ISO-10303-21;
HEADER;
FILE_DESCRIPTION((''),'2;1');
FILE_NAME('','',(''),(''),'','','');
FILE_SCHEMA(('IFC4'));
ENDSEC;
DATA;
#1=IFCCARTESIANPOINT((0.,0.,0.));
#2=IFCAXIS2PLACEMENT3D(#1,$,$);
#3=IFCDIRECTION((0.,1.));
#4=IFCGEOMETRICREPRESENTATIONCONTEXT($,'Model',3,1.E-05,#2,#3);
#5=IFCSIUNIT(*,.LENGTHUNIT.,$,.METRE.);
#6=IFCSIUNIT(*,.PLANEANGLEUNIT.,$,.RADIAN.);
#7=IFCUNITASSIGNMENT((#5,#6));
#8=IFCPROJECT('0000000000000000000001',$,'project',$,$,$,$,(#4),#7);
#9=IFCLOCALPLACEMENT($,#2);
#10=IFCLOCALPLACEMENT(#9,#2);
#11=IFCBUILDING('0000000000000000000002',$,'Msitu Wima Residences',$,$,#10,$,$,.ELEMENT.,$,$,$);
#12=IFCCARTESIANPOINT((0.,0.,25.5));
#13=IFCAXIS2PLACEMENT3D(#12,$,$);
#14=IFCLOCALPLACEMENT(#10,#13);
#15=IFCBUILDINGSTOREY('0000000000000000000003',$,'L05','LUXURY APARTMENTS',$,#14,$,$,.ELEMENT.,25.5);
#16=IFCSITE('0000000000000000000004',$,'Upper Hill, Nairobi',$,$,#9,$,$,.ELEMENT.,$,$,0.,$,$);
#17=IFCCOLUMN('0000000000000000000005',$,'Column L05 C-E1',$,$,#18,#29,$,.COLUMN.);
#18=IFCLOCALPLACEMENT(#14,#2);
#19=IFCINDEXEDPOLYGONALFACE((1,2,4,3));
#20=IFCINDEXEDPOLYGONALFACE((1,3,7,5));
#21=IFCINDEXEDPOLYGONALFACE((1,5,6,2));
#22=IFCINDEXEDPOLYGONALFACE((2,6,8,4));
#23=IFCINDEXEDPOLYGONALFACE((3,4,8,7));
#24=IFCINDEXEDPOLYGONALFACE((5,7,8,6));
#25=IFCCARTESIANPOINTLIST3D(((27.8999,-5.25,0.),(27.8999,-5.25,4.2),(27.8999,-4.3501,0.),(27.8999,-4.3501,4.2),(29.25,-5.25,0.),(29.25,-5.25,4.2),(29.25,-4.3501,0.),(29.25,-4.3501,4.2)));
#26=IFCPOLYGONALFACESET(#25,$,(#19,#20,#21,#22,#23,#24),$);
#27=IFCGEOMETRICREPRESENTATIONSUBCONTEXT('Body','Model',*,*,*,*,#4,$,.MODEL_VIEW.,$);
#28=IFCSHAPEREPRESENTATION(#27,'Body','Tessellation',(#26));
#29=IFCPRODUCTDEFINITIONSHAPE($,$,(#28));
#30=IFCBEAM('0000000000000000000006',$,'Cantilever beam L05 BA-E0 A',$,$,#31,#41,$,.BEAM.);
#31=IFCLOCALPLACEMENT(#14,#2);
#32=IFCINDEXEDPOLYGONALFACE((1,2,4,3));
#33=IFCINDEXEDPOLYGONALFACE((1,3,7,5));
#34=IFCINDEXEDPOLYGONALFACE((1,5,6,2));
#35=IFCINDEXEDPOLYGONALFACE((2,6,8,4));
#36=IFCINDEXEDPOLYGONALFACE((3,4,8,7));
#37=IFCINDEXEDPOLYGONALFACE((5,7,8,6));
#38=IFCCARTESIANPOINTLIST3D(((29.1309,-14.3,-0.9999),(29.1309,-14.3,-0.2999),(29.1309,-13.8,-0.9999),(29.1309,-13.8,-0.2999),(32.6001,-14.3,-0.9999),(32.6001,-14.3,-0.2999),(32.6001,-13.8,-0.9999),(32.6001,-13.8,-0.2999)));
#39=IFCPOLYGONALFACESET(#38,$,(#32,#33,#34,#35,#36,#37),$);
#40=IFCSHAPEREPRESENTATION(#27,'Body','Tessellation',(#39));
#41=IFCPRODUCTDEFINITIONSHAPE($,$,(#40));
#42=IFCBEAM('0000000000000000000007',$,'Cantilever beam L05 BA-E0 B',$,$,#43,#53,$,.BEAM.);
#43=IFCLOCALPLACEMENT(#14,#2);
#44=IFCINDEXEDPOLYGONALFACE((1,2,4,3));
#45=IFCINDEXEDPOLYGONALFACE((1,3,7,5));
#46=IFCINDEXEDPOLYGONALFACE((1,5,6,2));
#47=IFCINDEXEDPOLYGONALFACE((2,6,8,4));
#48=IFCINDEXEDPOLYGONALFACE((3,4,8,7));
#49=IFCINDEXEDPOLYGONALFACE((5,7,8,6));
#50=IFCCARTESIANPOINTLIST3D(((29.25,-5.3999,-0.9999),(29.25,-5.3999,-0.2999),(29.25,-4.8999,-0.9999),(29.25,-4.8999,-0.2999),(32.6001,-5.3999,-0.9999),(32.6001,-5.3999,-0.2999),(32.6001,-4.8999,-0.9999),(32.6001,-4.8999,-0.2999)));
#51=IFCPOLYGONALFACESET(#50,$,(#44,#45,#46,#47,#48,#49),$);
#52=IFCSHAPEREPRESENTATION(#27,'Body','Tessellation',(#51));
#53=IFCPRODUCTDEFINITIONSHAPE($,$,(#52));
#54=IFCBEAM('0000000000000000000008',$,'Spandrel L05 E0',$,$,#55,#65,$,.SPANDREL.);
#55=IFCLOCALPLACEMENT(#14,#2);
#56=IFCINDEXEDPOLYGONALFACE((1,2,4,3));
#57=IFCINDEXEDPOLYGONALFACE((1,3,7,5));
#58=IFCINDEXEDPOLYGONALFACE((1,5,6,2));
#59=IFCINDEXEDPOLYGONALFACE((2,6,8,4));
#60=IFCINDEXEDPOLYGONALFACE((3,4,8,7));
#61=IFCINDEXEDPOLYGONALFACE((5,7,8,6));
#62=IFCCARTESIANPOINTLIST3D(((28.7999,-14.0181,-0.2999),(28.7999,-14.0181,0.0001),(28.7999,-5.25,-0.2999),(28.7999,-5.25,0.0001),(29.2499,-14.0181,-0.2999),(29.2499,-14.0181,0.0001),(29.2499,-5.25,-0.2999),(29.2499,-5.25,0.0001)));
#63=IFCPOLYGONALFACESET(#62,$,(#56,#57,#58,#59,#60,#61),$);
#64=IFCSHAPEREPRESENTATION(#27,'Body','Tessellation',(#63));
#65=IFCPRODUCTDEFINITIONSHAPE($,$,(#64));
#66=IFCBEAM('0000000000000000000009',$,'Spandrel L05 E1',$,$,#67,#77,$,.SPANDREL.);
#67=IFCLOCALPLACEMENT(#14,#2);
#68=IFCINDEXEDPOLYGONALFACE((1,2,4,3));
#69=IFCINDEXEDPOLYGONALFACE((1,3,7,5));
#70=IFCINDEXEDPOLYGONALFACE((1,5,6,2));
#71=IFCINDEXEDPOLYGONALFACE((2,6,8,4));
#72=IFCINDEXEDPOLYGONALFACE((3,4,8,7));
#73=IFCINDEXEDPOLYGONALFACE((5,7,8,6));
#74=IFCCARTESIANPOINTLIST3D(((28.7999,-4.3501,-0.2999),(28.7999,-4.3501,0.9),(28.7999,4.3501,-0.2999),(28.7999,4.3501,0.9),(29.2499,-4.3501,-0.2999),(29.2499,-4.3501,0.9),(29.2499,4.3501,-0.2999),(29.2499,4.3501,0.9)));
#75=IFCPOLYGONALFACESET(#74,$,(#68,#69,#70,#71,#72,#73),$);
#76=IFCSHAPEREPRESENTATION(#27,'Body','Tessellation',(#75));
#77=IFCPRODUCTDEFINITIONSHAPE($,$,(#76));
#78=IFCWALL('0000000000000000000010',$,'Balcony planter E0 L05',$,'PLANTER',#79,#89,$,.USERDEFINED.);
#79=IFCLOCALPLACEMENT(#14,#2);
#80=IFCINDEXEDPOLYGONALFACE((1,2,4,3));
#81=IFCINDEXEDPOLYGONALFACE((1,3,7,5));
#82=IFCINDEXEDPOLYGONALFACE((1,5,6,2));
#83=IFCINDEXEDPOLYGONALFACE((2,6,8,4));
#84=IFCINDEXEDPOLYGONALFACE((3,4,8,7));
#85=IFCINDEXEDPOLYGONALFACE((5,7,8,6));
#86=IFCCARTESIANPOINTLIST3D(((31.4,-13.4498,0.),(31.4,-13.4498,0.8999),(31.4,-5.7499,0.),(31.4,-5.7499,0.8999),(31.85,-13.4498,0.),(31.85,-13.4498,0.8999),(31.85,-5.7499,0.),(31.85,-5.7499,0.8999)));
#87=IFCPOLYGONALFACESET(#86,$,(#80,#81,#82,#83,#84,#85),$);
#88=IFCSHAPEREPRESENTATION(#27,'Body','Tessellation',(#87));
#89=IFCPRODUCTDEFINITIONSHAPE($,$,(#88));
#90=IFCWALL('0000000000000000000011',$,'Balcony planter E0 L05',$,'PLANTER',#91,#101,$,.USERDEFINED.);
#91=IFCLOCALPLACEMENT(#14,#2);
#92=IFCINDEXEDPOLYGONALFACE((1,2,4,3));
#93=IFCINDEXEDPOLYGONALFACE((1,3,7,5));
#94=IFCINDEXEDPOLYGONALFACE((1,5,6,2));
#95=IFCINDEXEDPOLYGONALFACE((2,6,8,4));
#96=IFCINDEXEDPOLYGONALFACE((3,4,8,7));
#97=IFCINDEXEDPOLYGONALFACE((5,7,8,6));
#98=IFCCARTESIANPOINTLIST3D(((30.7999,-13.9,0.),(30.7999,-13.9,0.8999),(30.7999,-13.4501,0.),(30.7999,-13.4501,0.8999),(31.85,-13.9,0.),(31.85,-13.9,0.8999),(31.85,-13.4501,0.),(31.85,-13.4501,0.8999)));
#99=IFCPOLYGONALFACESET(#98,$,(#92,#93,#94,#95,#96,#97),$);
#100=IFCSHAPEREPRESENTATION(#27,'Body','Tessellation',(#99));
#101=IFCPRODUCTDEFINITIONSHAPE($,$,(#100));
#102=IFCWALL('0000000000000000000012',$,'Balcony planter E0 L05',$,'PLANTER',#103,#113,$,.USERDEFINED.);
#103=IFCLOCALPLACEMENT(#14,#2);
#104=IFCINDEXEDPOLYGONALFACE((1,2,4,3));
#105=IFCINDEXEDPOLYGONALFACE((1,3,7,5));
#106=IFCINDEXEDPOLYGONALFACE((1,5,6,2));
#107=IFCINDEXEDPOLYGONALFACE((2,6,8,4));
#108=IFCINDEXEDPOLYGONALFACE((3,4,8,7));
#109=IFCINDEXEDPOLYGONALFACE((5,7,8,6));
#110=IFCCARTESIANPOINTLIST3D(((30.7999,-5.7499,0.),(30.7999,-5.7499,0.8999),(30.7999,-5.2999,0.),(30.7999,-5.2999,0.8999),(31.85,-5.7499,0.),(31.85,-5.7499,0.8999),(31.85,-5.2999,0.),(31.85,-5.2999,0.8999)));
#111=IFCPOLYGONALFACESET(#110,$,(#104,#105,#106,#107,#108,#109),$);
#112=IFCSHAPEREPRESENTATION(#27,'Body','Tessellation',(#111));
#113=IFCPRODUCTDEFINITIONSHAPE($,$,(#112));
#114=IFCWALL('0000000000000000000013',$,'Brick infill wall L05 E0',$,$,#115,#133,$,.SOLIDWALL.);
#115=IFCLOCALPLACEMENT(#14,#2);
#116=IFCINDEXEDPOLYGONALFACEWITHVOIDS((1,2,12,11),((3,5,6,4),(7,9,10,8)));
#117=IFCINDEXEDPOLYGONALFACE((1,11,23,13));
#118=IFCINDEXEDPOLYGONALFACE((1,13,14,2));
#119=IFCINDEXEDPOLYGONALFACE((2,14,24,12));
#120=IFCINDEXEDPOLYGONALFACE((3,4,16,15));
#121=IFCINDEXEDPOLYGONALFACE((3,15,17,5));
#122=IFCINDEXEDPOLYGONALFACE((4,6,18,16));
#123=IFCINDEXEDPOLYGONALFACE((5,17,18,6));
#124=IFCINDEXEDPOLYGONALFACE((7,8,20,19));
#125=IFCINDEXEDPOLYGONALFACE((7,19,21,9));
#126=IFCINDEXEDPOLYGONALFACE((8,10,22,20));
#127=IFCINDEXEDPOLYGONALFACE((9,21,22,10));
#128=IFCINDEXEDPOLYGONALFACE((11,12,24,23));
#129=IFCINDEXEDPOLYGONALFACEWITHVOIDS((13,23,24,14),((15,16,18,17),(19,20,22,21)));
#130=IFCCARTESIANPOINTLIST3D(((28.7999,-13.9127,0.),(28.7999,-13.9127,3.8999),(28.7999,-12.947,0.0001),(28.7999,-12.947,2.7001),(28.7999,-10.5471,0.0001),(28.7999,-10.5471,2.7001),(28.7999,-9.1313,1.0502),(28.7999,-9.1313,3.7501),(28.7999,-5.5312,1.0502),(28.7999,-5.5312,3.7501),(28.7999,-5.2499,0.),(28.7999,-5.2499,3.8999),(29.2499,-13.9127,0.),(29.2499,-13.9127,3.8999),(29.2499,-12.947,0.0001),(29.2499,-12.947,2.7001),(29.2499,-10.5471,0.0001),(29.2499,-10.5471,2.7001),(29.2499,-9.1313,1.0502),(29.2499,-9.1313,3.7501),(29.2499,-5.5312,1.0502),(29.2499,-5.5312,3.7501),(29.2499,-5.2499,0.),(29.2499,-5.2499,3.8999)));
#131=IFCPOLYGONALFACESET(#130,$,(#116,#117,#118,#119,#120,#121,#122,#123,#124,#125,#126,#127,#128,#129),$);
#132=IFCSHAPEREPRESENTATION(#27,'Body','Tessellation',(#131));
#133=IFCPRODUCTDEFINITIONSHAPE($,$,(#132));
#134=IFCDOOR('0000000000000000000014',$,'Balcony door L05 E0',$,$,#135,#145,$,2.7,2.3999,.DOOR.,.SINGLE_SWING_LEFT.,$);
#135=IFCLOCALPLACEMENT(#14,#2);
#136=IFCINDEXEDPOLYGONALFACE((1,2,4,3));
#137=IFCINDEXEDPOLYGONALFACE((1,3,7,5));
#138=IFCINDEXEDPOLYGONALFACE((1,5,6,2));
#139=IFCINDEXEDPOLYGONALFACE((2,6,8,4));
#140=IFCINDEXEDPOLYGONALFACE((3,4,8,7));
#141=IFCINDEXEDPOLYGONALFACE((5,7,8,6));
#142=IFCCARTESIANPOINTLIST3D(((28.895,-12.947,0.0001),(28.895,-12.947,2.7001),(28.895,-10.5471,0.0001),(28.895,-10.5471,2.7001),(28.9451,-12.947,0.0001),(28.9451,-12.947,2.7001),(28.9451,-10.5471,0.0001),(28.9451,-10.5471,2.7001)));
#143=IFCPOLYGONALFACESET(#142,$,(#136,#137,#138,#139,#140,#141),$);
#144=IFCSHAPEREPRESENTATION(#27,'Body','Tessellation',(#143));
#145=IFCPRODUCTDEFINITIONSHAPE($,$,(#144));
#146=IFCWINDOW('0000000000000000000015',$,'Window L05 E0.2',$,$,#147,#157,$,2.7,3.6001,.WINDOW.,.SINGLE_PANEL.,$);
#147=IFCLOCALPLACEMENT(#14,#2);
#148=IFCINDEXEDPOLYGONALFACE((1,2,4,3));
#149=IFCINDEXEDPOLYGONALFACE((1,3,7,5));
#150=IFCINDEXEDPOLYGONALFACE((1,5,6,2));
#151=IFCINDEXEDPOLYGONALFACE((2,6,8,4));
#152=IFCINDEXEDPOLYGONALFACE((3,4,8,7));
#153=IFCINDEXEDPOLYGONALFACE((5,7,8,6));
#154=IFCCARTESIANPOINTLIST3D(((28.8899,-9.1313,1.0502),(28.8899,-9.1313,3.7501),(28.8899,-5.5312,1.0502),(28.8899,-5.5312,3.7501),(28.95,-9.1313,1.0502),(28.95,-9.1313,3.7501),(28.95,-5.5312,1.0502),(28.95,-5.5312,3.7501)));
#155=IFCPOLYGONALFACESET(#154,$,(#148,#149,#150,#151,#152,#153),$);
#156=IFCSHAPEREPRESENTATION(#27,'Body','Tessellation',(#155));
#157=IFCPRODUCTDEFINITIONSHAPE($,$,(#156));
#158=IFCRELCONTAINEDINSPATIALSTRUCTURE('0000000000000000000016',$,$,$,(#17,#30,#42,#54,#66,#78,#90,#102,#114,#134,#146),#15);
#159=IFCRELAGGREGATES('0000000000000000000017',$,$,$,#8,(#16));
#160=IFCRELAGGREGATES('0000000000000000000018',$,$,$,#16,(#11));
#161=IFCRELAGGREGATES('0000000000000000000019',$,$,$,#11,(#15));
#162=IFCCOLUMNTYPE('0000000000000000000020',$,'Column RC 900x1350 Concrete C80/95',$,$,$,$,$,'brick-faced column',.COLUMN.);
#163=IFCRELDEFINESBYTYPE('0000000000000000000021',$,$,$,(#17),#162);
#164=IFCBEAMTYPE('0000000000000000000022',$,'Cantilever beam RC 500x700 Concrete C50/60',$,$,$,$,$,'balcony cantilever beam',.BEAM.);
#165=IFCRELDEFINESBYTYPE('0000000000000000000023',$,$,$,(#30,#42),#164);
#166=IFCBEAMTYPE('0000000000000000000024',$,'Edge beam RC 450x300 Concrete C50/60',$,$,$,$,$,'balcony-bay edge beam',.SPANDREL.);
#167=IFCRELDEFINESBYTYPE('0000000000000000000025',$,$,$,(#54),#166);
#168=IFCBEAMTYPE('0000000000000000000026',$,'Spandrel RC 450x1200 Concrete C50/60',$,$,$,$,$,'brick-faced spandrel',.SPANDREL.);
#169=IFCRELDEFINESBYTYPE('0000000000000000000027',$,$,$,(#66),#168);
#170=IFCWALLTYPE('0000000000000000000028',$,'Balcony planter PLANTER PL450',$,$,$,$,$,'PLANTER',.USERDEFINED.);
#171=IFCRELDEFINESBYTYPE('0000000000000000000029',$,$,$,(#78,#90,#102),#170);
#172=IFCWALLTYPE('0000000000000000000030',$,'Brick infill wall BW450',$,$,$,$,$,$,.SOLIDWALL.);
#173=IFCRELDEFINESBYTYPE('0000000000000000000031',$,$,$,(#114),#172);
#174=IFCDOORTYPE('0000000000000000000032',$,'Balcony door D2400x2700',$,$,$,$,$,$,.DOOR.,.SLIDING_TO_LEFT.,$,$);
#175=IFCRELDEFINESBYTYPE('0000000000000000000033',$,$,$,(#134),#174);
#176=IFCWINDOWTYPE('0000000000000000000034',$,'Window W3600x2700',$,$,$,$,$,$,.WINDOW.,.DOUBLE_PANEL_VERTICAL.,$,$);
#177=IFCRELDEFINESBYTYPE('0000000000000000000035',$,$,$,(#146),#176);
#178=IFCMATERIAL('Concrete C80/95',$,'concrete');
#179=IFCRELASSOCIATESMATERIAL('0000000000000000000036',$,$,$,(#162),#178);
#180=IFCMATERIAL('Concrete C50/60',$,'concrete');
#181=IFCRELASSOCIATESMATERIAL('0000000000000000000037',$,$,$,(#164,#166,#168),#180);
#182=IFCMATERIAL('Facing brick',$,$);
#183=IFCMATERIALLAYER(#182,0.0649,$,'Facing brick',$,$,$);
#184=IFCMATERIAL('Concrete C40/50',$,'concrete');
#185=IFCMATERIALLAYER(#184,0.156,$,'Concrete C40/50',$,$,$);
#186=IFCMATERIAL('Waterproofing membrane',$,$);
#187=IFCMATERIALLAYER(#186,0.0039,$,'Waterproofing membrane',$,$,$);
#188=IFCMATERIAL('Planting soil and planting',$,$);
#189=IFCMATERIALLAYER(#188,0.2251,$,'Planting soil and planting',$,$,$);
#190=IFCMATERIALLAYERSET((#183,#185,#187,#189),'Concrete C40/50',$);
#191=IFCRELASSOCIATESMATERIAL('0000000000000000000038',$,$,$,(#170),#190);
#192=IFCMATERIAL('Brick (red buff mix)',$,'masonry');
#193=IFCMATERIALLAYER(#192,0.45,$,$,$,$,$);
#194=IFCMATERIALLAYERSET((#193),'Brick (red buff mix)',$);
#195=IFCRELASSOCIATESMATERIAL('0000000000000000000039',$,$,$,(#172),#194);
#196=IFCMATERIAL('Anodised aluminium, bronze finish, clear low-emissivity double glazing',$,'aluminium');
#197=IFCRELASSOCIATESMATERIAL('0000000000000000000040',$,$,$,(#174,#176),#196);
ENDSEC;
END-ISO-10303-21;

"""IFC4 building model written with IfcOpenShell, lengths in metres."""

from ifc_helpers import new_model, si_unit, direction, frame, frame_2d, origin, origin_2d, place, context, subcontext, project, spatial, rectangle, extrude, material, layer, layer_set, material_profile, profile_set, type_object, element, fill, save


model = new_model("IFC4")

# Units and contexts
model_context = context("Model", 3, precision=1e-05, world=origin(), true_north=direction((0.0, 1.0)))
body_context = subcontext(model_context, "Body", "Model", "MODEL_VIEW")
ifc_project = project(units=[si_unit("LENGTHUNIT", "METRE"), si_unit("PLANEANGLEUNIT", "RADIAN")], contexts=[model_context])

# Site, building, storey
site_placement = place(None, origin())
site = spatial("IfcSite", under=ifc_project, at=site_placement, Name="Upper Hill, Nairobi", CompositionType="ELEMENT", RefElevation=0.0)
building_placement = place(site_placement, origin())
building = spatial("IfcBuilding", under=site, at=building_placement, Name="Msitu Wima Residences", CompositionType="ELEMENT")
storey_placement = place(building_placement, frame((0.0, 0.0, 25.5)))
storey = spatial("IfcBuildingStorey", under=building, at=storey_placement, Name="L05", Description="LUXURY APARTMENTS", CompositionType="ELEMENT", Elevation=25.5)

# Column
ifc_material_1 = material(Name="Concrete C80/95", Category="concrete")
ifc_material_profile_1 = material_profile(ifc_material_1, rectangle(XDim=0.8999, YDim=1.3501, at=origin_2d()), Name="RC 900x1350")
ifc_profile_set_1 = profile_set([ifc_material_profile_1], Name="Concrete C80/95")
column_type = type_object("IfcColumnType", Name="Column RC 900x1350 Concrete C80/95", ElementType="brick-faced column", PredefinedType="COLUMN", material=ifc_profile_set_1)
column_placement = place(storey_placement, frame((28.575, -4.8, 0.0), z_axis=(0.0, 0.0, 1.0), x_axis=(0.0, 1.0, 0.0)))
element("IfcColumn", 1, at=column_placement, inside=storey, type_object=column_type, Name="Column L05 C-E1", PredefinedType="COLUMN", context=body_context, shape_type="SweptSolid", body=[
    extrude(rectangle(XDim=0.8999, YDim=1.3501, at=origin_2d()), origin(), (0.0, 0.0, 1.0), 4.2),
])

# Beams
ifc_material_2 = material(Name="Concrete C50/60", Category="concrete")
ifc_material_profile_2 = material_profile(ifc_material_2, rectangle(XDim=0.5, YDim=0.7, at=origin_2d()), Name="RC 500x700")
ifc_profile_set_2 = profile_set([ifc_material_profile_2], Name="Concrete C50/60")
beam_type_1 = type_object("IfcBeamType", Name="Cantilever beam RC 500x700 Concrete C50/60", ElementType="balcony cantilever beam", PredefinedType="BEAM", material=ifc_profile_set_2)
beam_1_placement = place(storey_placement, frame((29.1309, -14.05, -0.6499), z_axis=(1.0, 0.0, 0.0), x_axis=(0.0, 1.0, 0.0)))
element("IfcBeam", 2, at=beam_1_placement, inside=storey, type_object=beam_type_1, Name="Cantilever beam L05 BA-E0 A", PredefinedType="BEAM", context=body_context, shape_type="SweptSolid", body=[
    extrude(rectangle(XDim=0.5, YDim=0.7, at=origin_2d()), origin(), (0.0, 0.0, 1.0), 3.4692),
])
beam_2_placement = place(storey_placement, frame((29.25, -5.1499, -0.6499), z_axis=(1.0, 0.0, 0.0), x_axis=(0.0, 1.0, 0.0)))
element("IfcBeam", 3, at=beam_2_placement, inside=storey, type_object=beam_type_1, Name="Cantilever beam L05 BA-E0 B", PredefinedType="BEAM", context=body_context, shape_type="SweptSolid", body=[
    extrude(rectangle(XDim=0.5, YDim=0.7, at=origin_2d()), origin(), (0.0, 0.0, 1.0), 3.3501),
])
ifc_material_profile_3 = material_profile(ifc_material_2, rectangle(XDim=0.45, YDim=0.3, at=origin_2d()), Name="RC 450x300")
ifc_profile_set_3 = profile_set([ifc_material_profile_3], Name="Concrete C50/60")
beam_type_2 = type_object("IfcBeamType", Name="Edge beam RC 450x300 Concrete C50/60", ElementType="balcony-bay edge beam", PredefinedType="SPANDREL", material=ifc_profile_set_3)
beam_3_placement = place(storey_placement, frame((29.0249, -14.0181, -0.1499), z_axis=(0.0, 1.0, 0.0), x_axis=(-1.0, 0.0, 0.0)))
element("IfcBeam", 4, at=beam_3_placement, inside=storey, type_object=beam_type_2, Name="Spandrel L05 E0", PredefinedType="SPANDREL", context=body_context, shape_type="SweptSolid", body=[
    extrude(rectangle(XDim=0.45, YDim=0.3, at=origin_2d()), origin(), (0.0, 0.0, 1.0), 8.7681),
])
ifc_material_profile_4 = material_profile(ifc_material_2, rectangle(XDim=0.45, YDim=1.2, at=origin_2d()), Name="RC 450x1200")
ifc_profile_set_4 = profile_set([ifc_material_profile_4], Name="Concrete C50/60")
beam_type_3 = type_object("IfcBeamType", Name="Spandrel RC 450x1200 Concrete C50/60", ElementType="brick-faced spandrel", PredefinedType="SPANDREL", material=ifc_profile_set_4)
beam_4_placement = place(storey_placement, frame((29.0249, -4.3501, 0.3), z_axis=(0.0, 1.0, 0.0), x_axis=(-1.0, 0.0, 0.0)))
element("IfcBeam", 5, at=beam_4_placement, inside=storey, type_object=beam_type_3, Name="Spandrel L05 E1", PredefinedType="SPANDREL", context=body_context, shape_type="SweptSolid", body=[
    extrude(rectangle(XDim=0.45, YDim=1.2, at=origin_2d()), origin(), (0.0, 0.0, 1.0), 8.7002),
])

# Walls
ifc_material_3 = material(Name="Facing brick")
ifc_layer_1 = layer(ifc_material_3, 0.0649, Name="Facing brick")
ifc_material_4 = material(Name="Concrete C40/50", Category="concrete")
ifc_layer_2 = layer(ifc_material_4, 0.156, Name="Concrete C40/50")
ifc_material_5 = material(Name="Waterproofing membrane")
ifc_layer_3 = layer(ifc_material_5, 0.0039, Name="Waterproofing membrane")
ifc_material_6 = material(Name="Planting soil and planting")
ifc_layer_4 = layer(ifc_material_6, 0.2251, Name="Planting soil and planting")
ifc_layer_set_1 = layer_set([ifc_layer_1, ifc_layer_2, ifc_layer_3, ifc_layer_4], Name="Concrete C40/50")
wall_type_1 = type_object("IfcWallType", Name="Balcony planter PLANTER PL450", ElementType="PLANTER", PredefinedType="USERDEFINED", material=ifc_layer_set_1)
wall_1_placement = place(storey_placement, frame((31.625, -13.45, 0.0), z_axis=(0.0, 0.0, 1.0), x_axis=(0.0, 1.0, 0.0)))
element("IfcWall", 6, at=wall_1_placement, inside=storey, type_object=wall_type_1, Name="Balcony planter E0 L05", ObjectType="PLANTER", PredefinedType="USERDEFINED", context=body_context, shape_type="SweptSolid", body=[
    extrude(rectangle(XDim=7.7, YDim=0.45, at=frame_2d((3.8501, 0.0))), origin(), (0.0, 0.0, 1.0), 0.8999),
])
for number, where, z_axis, x_axis, name in (
    (7, (30.8, -13.675, 0.0), (0.0, 0.0, 1.0), (1.0, 0.0, 0.0), "Balcony planter E0 L05"),
    (8, (30.8, -5.5249, 0.0), (0.0, 0.0, 1.0), (1.0, 0.0, 0.0), "Balcony planter E0 L05"),
):
    element("IfcWall", number, at=place(storey_placement, frame(where, z_axis=z_axis, x_axis=x_axis)), inside=storey, type_object=wall_type_1, Name=name, ObjectType="PLANTER", PredefinedType="USERDEFINED", context=body_context, shape_type="SweptSolid", body=[
        extrude(rectangle(XDim=1.05, YDim=0.45, at=frame_2d((0.5249, 0.0))), origin(), (0.0, 0.0, 1.0), 0.8999),
    ])

# Wall, openings, door, window
ifc_material_7 = material(Name="Brick (red buff mix)", Category="masonry")
ifc_layer_5 = layer(ifc_material_7, 0.45)
ifc_layer_set_2 = layer_set([ifc_layer_5], Name="Brick (red buff mix)")
wall_type_2 = type_object("IfcWallType", Name="Brick infill wall BW450", PredefinedType="SOLIDWALL", material=ifc_layer_set_2)
wall_2_placement = place(storey_placement, frame((29.0249, -13.9128, 0.0), z_axis=(0.0, 0.0, 1.0), x_axis=(0.0, 1.0, 0.0)))
wall_2 = element("IfcWall", 9, at=wall_2_placement, inside=storey, type_object=wall_type_2, Name="Brick infill wall L05 E0", PredefinedType="SOLIDWALL", context=body_context, shape_type="SweptSolid", body=[
    extrude(rectangle(XDim=8.6628, YDim=0.45, at=frame_2d((4.3315, 0.0))), origin(), (0.0, 0.0, 1.0), 3.8999),
])
opening_1_placement = place(wall_2_placement, frame((0.9658, 0.0, 0.0)))
opening_1 = element("IfcOpeningElement", 10, at=opening_1_placement, cuts=wall_2, PredefinedType="OPENING", context=body_context, shape_type="SweptSolid", body=[
    extrude(rectangle(XDim=2.3999, YDim=2.7, at=frame_2d((1.2, 1.3501))), frame((0.0, 0.2349, 0.0), z_axis=(0.0, -1.0, 0.0), x_axis=(1.0, 0.0, 0.0)), (0.0, 0.0, 1.0), 0.47),
])
opening_2_placement = place(wall_2_placement, frame((4.7815, 0.0, 1.05)))
opening_2 = element("IfcOpeningElement", 11, at=opening_2_placement, cuts=wall_2, PredefinedType="OPENING", context=body_context, shape_type="SweptSolid", body=[
    extrude(rectangle(XDim=3.6001, YDim=2.7, at=frame_2d((1.8, 1.3501))), frame((0.0, 0.2349, 0.0), z_axis=(0.0, -1.0, 0.0), x_axis=(1.0, 0.0, 0.0)), (0.0, 0.0, 1.0), 0.47),
])
ifc_material_8 = material(Name="Anodised aluminium, bronze finish, clear low-emissivity double glazing", Category="aluminium")
door_type = type_object("IfcDoorType", Name="Balcony door D2400x2700", OperationType="SLIDING_TO_LEFT", PredefinedType="DOOR", material=ifc_material_8)
door_placement = place(opening_1_placement, origin())
door = element("IfcDoor", 12, at=door_placement, inside=storey, type_object=door_type, Name="Balcony door L05 E0", OperationType="SINGLE_SWING_LEFT", OverallHeight=2.7, OverallWidth=2.3999, PredefinedType="DOOR", context=body_context, shape_type="SweptSolid", body=[
    extrude(rectangle(XDim=2.3999, YDim=2.7, at=frame_2d((1.2, 1.3501))), frame((0.0, 0.1299, 0.0), z_axis=(0.0, -1.0, 0.0), x_axis=(1.0, 0.0, 0.0)), (0.0, 0.0, 1.0), 0.05),
])
fill(opening_1, door)
window_type = type_object("IfcWindowType", Name="Window W3600x2700", PartitioningType="DOUBLE_PANEL_VERTICAL", PredefinedType="WINDOW", material=ifc_material_8)
window_1_placement = place(opening_2_placement, origin())
window_1 = element("IfcWindow", 13, at=window_1_placement, inside=storey, type_object=window_type, Name="Window L05 E0.2", OverallHeight=2.7, OverallWidth=3.6001, PartitioningType="SINGLE_PANEL", PredefinedType="WINDOW", context=body_context, shape_type="SweptSolid", body=[
    extrude(rectangle(XDim=3.6001, YDim=2.7, at=frame_2d((1.8, 1.3501))), frame((0.0, 0.135, 0.0), z_axis=(0.0, -1.0, 0.0), x_axis=(1.0, 0.0, 0.0)), (0.0, 0.0, 1.0), 0.0601),
])
fill(opening_2, window_1)

save(model, "model.ifc")
